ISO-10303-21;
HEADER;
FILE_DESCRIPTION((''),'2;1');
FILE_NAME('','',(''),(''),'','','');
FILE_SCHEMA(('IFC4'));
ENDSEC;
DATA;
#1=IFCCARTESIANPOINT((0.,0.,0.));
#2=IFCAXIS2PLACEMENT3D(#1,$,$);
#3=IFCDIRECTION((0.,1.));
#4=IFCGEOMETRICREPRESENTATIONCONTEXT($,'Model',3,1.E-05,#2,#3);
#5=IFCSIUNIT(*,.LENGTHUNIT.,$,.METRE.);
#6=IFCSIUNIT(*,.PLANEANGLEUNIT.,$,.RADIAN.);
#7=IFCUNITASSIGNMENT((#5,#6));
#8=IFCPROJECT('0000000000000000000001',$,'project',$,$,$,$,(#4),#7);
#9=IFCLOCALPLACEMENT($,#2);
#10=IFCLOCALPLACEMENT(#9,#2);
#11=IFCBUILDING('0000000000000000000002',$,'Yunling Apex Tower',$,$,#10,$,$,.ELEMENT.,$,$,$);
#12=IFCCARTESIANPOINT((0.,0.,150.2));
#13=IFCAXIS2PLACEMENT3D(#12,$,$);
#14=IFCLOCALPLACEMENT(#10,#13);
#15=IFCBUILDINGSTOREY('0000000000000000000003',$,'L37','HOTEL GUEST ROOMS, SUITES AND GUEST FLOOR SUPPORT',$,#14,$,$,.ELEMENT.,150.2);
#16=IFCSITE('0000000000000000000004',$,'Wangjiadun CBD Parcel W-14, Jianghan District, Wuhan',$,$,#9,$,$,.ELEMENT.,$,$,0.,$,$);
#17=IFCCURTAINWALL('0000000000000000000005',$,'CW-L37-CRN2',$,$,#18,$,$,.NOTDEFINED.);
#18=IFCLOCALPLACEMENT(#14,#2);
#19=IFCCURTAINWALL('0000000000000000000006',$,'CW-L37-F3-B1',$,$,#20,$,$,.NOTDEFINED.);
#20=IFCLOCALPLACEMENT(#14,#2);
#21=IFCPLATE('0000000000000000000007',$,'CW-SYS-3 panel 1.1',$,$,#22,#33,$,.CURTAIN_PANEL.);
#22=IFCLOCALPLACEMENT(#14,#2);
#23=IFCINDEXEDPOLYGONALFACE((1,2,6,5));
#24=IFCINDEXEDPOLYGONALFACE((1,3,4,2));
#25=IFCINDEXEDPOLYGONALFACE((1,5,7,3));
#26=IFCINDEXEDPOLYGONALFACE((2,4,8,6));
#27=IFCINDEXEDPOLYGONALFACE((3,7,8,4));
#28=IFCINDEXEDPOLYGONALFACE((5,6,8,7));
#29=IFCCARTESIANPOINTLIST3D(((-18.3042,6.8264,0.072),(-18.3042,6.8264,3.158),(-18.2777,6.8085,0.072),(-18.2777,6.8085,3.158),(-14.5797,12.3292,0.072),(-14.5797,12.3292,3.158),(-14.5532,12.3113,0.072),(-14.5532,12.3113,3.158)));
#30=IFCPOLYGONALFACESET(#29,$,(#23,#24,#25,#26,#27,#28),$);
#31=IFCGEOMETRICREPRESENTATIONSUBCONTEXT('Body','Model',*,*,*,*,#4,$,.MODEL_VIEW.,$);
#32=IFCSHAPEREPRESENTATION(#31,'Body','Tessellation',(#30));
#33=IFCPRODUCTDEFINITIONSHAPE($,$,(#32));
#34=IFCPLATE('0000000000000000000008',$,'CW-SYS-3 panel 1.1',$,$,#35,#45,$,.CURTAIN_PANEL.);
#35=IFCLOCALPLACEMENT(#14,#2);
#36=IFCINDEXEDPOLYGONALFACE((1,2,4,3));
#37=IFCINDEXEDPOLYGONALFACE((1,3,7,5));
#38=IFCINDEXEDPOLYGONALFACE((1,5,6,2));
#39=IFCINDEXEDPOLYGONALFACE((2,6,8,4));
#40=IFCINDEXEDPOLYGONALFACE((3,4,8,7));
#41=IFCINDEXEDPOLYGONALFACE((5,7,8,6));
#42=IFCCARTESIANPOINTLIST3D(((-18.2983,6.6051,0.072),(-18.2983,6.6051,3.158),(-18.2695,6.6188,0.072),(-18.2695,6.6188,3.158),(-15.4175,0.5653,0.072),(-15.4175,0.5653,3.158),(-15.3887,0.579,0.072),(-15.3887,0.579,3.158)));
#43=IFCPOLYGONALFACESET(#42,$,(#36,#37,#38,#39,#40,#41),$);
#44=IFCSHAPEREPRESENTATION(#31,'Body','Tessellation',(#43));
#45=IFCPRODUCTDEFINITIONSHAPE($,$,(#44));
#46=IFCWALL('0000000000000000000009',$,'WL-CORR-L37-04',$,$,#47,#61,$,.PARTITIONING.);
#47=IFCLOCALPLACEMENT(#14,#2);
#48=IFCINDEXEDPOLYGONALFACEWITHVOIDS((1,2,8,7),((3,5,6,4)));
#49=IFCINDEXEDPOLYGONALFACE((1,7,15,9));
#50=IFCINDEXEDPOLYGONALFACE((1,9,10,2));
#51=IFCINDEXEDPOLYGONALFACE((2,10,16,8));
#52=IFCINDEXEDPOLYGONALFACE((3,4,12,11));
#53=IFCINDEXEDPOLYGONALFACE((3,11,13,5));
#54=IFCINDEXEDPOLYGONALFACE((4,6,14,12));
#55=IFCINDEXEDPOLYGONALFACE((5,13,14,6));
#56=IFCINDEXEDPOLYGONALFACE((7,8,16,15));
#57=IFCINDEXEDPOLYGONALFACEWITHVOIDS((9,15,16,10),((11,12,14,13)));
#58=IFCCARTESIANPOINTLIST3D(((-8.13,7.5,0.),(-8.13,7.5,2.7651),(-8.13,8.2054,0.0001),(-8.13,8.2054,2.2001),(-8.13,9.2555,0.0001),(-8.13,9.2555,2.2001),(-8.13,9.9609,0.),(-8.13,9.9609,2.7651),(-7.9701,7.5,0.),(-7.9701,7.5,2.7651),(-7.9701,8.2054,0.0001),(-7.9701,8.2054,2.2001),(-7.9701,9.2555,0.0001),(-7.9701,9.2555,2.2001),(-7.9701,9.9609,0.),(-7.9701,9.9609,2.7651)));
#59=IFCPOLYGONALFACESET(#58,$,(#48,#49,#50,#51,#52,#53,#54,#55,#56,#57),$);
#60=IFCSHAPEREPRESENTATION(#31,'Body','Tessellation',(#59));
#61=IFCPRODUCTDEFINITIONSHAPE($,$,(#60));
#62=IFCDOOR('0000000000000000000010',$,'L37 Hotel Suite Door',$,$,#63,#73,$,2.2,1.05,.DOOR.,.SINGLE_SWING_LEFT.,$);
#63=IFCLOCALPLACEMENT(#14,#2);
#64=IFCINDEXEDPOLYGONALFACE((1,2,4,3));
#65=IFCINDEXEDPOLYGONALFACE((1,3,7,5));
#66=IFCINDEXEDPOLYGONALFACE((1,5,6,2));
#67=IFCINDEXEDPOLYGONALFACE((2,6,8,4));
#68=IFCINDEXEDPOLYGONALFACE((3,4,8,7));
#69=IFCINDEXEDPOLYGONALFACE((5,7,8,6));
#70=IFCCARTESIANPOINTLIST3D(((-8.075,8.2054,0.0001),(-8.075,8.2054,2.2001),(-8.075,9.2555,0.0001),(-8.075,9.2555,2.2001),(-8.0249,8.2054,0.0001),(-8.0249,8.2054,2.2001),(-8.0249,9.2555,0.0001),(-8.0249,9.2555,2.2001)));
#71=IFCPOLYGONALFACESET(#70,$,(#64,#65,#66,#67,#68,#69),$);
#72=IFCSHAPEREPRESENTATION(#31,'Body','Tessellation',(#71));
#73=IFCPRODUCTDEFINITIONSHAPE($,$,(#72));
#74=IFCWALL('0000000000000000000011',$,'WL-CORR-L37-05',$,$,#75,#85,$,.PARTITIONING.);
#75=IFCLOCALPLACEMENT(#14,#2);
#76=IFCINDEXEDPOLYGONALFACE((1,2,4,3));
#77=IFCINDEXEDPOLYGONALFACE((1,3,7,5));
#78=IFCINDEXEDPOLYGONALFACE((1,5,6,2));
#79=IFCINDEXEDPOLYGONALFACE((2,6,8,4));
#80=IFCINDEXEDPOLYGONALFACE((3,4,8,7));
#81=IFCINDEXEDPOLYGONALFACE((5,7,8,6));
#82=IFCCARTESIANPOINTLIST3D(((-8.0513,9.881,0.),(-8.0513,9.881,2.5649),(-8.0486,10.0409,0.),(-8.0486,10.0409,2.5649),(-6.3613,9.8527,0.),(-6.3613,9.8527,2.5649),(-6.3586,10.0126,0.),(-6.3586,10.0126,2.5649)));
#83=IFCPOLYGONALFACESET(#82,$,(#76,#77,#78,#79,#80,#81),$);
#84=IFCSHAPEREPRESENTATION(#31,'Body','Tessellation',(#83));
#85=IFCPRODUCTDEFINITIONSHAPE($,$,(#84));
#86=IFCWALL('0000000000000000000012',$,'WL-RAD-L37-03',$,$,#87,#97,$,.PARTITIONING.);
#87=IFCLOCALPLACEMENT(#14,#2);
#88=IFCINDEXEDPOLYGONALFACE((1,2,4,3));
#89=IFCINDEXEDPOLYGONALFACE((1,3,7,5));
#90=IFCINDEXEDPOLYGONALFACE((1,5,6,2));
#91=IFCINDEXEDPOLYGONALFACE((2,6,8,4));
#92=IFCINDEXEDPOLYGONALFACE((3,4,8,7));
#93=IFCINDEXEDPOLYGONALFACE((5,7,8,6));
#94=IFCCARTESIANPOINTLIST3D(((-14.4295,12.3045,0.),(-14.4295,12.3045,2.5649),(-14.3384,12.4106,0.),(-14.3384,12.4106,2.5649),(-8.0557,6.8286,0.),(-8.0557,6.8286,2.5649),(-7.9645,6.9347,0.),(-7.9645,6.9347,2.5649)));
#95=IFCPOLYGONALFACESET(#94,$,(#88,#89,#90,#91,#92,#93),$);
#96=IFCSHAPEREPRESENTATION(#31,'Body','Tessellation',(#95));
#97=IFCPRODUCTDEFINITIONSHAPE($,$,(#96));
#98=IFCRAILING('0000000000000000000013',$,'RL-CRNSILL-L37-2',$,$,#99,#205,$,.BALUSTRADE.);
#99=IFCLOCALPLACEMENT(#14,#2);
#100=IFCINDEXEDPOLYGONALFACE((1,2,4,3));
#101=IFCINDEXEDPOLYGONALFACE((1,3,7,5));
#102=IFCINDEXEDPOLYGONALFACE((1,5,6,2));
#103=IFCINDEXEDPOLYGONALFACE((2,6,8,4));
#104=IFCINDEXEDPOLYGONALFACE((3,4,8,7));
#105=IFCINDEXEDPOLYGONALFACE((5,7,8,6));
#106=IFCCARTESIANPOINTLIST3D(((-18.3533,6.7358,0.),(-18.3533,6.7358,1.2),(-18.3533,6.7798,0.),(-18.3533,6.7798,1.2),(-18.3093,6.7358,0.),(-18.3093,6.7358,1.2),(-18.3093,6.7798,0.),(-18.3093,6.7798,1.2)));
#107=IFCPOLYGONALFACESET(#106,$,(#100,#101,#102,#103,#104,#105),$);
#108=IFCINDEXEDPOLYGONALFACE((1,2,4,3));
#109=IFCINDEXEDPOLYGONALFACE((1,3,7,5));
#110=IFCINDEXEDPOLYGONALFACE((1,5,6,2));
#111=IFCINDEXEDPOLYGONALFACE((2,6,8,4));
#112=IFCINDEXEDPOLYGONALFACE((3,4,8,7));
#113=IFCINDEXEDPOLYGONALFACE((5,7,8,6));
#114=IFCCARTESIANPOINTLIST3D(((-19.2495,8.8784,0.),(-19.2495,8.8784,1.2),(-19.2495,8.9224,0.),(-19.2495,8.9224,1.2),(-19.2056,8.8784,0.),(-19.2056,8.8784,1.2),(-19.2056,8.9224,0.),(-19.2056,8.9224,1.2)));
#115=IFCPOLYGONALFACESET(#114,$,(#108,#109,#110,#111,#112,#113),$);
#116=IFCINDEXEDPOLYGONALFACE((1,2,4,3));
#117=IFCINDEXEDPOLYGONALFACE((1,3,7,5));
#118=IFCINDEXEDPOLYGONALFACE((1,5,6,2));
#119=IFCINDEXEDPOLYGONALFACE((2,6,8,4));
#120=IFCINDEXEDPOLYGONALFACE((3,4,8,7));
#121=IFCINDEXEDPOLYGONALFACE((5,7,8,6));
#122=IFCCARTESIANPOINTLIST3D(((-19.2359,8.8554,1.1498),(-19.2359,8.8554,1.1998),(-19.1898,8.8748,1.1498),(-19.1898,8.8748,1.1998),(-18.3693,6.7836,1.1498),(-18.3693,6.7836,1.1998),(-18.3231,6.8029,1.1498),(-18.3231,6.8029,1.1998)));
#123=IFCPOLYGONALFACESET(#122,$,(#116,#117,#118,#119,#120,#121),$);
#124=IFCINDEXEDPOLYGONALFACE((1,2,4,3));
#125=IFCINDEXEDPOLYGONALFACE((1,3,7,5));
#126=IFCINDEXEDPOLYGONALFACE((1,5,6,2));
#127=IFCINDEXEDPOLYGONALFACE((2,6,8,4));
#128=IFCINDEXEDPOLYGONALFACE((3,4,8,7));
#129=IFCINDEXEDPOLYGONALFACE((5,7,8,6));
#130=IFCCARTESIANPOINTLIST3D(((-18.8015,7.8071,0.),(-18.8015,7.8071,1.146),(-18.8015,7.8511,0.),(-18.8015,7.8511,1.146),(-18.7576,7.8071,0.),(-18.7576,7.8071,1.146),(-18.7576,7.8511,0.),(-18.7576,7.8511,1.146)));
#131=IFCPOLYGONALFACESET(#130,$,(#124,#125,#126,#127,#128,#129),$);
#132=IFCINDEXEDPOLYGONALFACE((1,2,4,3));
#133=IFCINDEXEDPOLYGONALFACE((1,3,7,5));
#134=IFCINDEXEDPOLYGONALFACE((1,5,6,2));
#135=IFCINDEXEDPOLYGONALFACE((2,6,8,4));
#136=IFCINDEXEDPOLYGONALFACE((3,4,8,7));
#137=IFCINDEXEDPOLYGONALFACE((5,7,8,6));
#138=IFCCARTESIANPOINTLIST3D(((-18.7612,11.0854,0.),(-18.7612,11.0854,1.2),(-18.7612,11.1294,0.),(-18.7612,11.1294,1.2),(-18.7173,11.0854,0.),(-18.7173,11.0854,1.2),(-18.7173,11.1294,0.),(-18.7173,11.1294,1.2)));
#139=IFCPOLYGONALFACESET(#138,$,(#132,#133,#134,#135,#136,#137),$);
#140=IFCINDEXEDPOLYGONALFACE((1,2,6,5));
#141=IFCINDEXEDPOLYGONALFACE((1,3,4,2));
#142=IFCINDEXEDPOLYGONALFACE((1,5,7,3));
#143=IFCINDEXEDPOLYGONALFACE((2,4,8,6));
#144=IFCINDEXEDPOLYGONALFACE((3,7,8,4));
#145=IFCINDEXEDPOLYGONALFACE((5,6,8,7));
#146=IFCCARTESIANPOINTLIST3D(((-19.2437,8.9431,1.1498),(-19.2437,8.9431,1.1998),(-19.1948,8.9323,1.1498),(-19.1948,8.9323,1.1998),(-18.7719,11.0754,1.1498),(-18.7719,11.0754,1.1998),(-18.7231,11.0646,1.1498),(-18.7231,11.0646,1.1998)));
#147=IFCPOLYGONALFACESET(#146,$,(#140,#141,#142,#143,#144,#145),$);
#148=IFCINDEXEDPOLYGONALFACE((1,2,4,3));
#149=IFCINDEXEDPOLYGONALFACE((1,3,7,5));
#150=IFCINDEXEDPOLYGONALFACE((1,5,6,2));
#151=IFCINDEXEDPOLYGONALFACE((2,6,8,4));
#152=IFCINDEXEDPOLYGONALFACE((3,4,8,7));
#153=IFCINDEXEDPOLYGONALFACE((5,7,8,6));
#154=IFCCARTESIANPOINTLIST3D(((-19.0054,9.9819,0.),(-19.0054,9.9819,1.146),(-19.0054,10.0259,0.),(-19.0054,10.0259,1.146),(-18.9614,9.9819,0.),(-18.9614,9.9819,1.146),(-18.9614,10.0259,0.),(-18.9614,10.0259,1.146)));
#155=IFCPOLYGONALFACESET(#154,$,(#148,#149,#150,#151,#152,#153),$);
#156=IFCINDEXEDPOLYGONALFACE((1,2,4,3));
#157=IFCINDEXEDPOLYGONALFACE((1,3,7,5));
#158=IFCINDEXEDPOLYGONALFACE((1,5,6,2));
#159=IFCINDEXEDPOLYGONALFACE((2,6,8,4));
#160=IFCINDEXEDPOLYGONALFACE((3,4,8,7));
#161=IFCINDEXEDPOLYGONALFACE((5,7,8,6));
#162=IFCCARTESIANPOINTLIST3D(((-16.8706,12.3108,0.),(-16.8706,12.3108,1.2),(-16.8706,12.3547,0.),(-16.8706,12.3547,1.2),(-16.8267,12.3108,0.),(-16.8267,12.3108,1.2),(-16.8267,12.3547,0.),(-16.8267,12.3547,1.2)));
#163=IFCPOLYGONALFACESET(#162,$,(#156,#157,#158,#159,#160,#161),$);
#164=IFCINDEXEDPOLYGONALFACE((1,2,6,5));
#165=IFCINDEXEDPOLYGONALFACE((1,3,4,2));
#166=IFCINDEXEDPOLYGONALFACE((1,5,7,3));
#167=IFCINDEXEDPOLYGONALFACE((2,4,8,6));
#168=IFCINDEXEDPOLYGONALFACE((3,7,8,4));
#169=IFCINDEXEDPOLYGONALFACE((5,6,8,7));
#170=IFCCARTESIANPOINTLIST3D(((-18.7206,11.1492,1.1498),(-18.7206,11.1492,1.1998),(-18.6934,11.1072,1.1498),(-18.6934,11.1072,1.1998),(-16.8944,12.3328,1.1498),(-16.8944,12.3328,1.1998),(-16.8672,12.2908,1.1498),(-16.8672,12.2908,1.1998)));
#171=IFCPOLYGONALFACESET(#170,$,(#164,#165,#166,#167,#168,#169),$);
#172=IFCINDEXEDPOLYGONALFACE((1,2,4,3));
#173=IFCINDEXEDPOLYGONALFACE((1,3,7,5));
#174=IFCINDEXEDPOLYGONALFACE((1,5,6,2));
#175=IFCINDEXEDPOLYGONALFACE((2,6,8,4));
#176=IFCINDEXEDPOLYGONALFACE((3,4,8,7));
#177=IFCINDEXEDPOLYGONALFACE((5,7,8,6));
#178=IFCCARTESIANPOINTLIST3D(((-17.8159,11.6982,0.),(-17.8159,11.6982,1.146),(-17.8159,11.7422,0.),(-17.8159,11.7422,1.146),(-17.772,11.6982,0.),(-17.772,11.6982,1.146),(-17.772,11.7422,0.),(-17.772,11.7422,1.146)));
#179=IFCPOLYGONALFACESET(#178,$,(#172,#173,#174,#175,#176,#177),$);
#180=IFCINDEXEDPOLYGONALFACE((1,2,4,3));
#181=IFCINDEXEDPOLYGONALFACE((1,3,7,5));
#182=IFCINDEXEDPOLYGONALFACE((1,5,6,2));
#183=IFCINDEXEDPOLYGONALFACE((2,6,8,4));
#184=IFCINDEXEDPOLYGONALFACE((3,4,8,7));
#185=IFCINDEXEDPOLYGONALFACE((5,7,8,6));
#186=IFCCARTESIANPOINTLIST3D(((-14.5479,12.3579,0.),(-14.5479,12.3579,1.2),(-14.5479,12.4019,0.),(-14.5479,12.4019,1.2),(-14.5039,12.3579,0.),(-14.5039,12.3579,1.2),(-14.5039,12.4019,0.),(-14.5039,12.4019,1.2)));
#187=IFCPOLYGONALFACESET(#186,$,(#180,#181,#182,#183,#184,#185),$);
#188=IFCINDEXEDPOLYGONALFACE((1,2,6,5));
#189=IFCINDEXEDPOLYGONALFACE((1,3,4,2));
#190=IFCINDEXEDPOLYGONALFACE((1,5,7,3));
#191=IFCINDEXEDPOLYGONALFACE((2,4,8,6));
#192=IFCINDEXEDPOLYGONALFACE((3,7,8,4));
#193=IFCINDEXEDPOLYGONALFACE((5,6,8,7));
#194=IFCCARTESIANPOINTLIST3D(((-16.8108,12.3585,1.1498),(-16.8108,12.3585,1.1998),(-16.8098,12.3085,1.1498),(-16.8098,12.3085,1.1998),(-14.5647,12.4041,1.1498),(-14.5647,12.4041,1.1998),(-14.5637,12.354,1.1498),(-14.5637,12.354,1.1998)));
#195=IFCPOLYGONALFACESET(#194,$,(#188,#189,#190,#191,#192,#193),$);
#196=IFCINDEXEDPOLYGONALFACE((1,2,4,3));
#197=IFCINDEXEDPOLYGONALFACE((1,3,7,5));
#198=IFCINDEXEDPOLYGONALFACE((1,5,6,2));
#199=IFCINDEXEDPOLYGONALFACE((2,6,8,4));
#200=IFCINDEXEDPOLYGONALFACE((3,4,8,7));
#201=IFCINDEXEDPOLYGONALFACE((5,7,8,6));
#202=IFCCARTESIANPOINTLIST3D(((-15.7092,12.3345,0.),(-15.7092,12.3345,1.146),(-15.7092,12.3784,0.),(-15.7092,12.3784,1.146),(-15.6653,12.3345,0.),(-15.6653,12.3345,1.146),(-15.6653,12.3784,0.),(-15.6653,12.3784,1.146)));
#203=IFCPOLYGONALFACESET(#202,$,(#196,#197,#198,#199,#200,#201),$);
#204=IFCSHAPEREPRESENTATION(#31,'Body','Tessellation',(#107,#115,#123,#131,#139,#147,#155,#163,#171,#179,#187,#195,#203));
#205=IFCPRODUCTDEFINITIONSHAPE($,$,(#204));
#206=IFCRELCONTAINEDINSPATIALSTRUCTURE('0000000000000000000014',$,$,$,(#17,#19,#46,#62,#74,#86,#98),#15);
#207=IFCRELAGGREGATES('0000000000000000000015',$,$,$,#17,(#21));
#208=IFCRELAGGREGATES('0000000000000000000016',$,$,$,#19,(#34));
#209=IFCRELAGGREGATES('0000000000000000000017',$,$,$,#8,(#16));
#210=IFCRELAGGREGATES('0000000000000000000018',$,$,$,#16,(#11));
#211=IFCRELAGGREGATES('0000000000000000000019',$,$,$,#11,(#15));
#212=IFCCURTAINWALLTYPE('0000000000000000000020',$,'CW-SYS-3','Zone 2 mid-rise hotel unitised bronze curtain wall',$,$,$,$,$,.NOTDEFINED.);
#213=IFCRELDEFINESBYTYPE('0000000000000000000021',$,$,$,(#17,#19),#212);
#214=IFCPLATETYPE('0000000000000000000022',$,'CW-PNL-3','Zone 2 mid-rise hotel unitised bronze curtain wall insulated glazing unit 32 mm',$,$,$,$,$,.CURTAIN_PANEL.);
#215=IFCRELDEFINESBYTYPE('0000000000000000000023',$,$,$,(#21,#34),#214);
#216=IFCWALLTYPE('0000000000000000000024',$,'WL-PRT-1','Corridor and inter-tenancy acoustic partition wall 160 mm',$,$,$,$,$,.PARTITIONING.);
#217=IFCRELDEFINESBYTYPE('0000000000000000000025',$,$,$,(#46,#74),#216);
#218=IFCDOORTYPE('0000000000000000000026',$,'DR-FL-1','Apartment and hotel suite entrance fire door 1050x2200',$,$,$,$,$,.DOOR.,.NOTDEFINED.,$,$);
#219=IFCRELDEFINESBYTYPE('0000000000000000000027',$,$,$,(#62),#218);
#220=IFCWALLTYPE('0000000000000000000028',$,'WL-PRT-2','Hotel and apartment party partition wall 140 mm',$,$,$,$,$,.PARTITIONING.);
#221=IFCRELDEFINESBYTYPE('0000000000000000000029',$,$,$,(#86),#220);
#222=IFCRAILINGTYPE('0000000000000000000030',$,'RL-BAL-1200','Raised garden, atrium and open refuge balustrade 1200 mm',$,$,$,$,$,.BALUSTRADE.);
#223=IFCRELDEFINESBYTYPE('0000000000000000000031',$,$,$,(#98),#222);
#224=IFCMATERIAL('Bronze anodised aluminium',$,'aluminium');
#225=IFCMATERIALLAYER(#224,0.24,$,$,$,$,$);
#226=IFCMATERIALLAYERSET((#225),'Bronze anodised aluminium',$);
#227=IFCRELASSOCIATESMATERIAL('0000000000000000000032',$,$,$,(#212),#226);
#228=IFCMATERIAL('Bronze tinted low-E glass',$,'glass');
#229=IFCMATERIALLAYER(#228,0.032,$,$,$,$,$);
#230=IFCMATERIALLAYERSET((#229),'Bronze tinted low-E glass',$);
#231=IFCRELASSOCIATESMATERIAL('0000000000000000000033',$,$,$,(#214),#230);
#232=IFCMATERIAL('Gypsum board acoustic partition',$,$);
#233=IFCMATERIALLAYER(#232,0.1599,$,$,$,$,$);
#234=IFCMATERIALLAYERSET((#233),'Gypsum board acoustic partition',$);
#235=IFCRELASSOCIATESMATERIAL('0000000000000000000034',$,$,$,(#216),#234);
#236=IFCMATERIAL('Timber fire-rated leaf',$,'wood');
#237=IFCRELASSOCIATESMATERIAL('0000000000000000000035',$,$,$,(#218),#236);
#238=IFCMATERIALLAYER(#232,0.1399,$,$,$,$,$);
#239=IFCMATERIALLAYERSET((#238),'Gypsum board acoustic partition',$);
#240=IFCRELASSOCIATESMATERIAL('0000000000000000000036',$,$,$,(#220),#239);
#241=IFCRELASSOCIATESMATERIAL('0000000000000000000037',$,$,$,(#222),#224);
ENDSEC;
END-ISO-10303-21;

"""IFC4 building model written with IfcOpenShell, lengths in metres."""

from ifc_helpers import new_model, si_unit, direction, frame, frame_2d, origin, origin_2d, place, context, subcontext, project, spatial, rectangle, extrude, source, transform, mapped, material, layer, layer_set, type_object, element, fill, aggregate, save


model = new_model("IFC4")

# Units and contexts
model_context = context("Model", 3, precision=1e-05, world=origin(), true_north=direction((0.0, 1.0)))
body_context = subcontext(model_context, "Body", "Model", "MODEL_VIEW")
ifc_project = project(units=[si_unit("LENGTHUNIT", "METRE"), si_unit("PLANEANGLEUNIT", "RADIAN")], contexts=[model_context])

# Site, building, storey
site_placement = place(None, origin())
site = spatial("IfcSite", under=ifc_project, at=site_placement, Name="Wangjiadun CBD Parcel W-14, Jianghan District, Wuhan", CompositionType="ELEMENT", RefElevation=0.0)
building_placement = place(site_placement, origin())
building = spatial("IfcBuilding", under=site, at=building_placement, Name="Yunling Apex Tower", CompositionType="ELEMENT")
storey_placement = place(building_placement, frame((0.0, 0.0, 150.2)))
storey = spatial("IfcBuildingStorey", under=building, at=storey_placement, Name="L37", Description="HOTEL GUEST ROOMS, SUITES AND GUEST FLOOR SUPPORT", CompositionType="ELEMENT", Elevation=150.2)

# Curtain walls
ifc_material_1 = material(Name="Bronze anodised aluminium", Category="aluminium")
ifc_layer_1 = layer(ifc_material_1, 0.24)
ifc_layer_set_1 = layer_set([ifc_layer_1], Name="Bronze anodised aluminium")
curtain_wall_type = type_object("IfcCurtainWallType", Name="CW-SYS-3", Description="Zone 2 mid-rise hotel unitised bronze curtain wall", PredefinedType="NOTDEFINED", material=ifc_layer_set_1)
curtain_wall_1_placement = place(storey_placement, origin())
curtain_wall_1 = element("IfcCurtainWall", 1, at=curtain_wall_1_placement, inside=storey, type_object=curtain_wall_type, Name="CW-L37-CRN2", PredefinedType="NOTDEFINED")
curtain_wall_2_placement = place(storey_placement, origin())
curtain_wall_2 = element("IfcCurtainWall", 2, at=curtain_wall_2_placement, inside=storey, type_object=curtain_wall_type, Name="CW-L37-F3-B1", PredefinedType="NOTDEFINED")

# Plates
ifc_material_2 = material(Name="Bronze tinted low-E glass", Category="glass")
ifc_layer_2 = layer(ifc_material_2, 0.032)
ifc_layer_set_2 = layer_set([ifc_layer_2], Name="Bronze tinted low-E glass")
plate_type = type_object("IfcPlateType", Name="CW-PNL-3", Description="Zone 2 mid-rise hotel unitised bronze curtain wall insulated glazing unit 32 mm", PredefinedType="CURTAIN_PANEL", material=ifc_layer_set_2)
shared_shape_1 = source(origin(), body_context, "Body", "SweptSolid", [
    extrude(rectangle(XDim=6.6448, YDim=0.032, at=origin_2d()), origin(), (0.0, 0.0, 1.0), 3.0859),
])
plate_1_placement = place(storey_placement, frame((-16.4287, 9.5688, 0.072), z_axis=(0.0, 0.0, 1.0), x_axis=(-0.560523, -0.828139, 0.0)))
plate_1 = element("IfcPlate", 3, at=plate_1_placement, type_object=plate_type, Name="CW-SYS-3 panel 1.1", PredefinedType="CURTAIN_PANEL", context=body_context, shape_type="MappedRepresentation", body=[
    mapped(shared_shape_1, transform((0.0, 0.0, 0.0), scale=1.0)),
])
aggregate(curtain_wall_1, [plate_1])
shared_shape_2 = source(origin(), body_context, "Body", "SweptSolid", [
    extrude(rectangle(XDim=6.6917, YDim=0.032, at=origin_2d()), origin(), (0.0, 0.0, 1.0), 3.0859),
])
plate_2_placement = place(storey_placement, frame((-16.8435, 3.592, 0.072), z_axis=(0.0, 0.0, 1.0), x_axis=(0.430506, -0.902588, 0.0)))
plate_2 = element("IfcPlate", 4, at=plate_2_placement, type_object=plate_type, Name="CW-SYS-3 panel 1.1", PredefinedType="CURTAIN_PANEL", context=body_context, shape_type="MappedRepresentation", body=[
    mapped(shared_shape_2, transform((0.0, 0.0, 0.0), scale=1.0)),
])
aggregate(curtain_wall_2, [plate_2])

# Wall, opening, door
ifc_material_3 = material(Name="Gypsum board acoustic partition")
ifc_layer_3 = layer(ifc_material_3, 0.1599)
ifc_layer_set_3 = layer_set([ifc_layer_3], Name="Gypsum board acoustic partition")
wall_type_1 = type_object("IfcWallType", Name="WL-PRT-1", Description="Corridor and inter-tenancy acoustic partition wall 160 mm", PredefinedType="PARTITIONING", material=ifc_layer_set_3)
wall_1_placement = place(storey_placement, frame((-8.05, 7.5, 0.0), z_axis=(0.0, 0.0, 1.0), x_axis=(0.0, 1.0, 0.0)))
wall_1 = element("IfcWall", 5, at=wall_1_placement, inside=storey, type_object=wall_type_1, Name="WL-CORR-L37-04", PredefinedType="PARTITIONING", context=body_context, shape_type="SweptSolid", body=[
    extrude(rectangle(XDim=2.4609, YDim=0.1599, at=frame_2d((1.2305, 0.0))), origin(), (0.0, 0.0, 1.0), 2.7651),
])
opening_placement = place(wall_1_placement, frame((0.7056, 0.0, 0.0)))
opening = element("IfcOpeningElement", 6, at=opening_placement, cuts=wall_1, PredefinedType="OPENING", context=body_context, shape_type="SweptSolid", body=[
    extrude(rectangle(XDim=1.05, YDim=2.2, at=frame_2d((0.5249, 1.1001))), frame((0.0, 0.0898, 0.0), z_axis=(0.0, -1.0, 0.0), x_axis=(1.0, 0.0, 0.0)), (0.0, 0.0, 1.0), 0.1799),
])
ifc_material_4 = material(Name="Timber fire-rated leaf", Category="wood")
door_type = type_object("IfcDoorType", Name="DR-FL-1", Description="Apartment and hotel suite entrance fire door 1050x2200", OperationType="NOTDEFINED", PredefinedType="DOOR", material=ifc_material_4)
door_placement = place(opening_placement, origin())
door = element("IfcDoor", 7, at=door_placement, inside=storey, type_object=door_type, Name="L37 Hotel Suite Door", OperationType="SINGLE_SWING_LEFT", OverallHeight=2.2, OverallWidth=1.05, PredefinedType="DOOR", context=body_context, shape_type="SweptSolid", body=[
    extrude(rectangle(XDim=1.05, YDim=2.2, at=frame_2d((0.5249, 1.1001))), frame((0.0, 0.0249, 0.0), z_axis=(0.0, -1.0, 0.0), x_axis=(1.0, 0.0, 0.0)), (0.0, 0.0, 1.0), 0.05),
])
fill(opening, door)

# Walls
wall_2_placement = place(storey_placement, frame((-8.05, 9.9609, 0.0), z_axis=(0.0, 0.0, 1.0), x_axis=(0.99986, -0.016756, 0.0)))
element("IfcWall", 8, at=wall_2_placement, inside=storey, type_object=wall_type_1, Name="WL-CORR-L37-05", PredefinedType="PARTITIONING", context=body_context, shape_type="SweptSolid", body=[
    extrude(rectangle(XDim=1.6902, YDim=0.1599, at=frame_2d((0.8452, 0.0))), origin(), (0.0, 0.0, 1.0), 2.5649),
])
ifc_layer_4 = layer(ifc_material_3, 0.1399)
ifc_layer_set_4 = layer_set([ifc_layer_4], Name="Gypsum board acoustic partition")
wall_type_2 = type_object("IfcWallType", Name="WL-PRT-2", Description="Hotel and apartment party partition wall 140 mm", PredefinedType="PARTITIONING", material=ifc_layer_set_4)
wall_3_placement = place(storey_placement, frame((-8.01, 6.8816, 0.0), z_axis=(0.0, 0.0, 1.0), x_axis=(-0.758516, 0.651655, 0.0)))
element("IfcWall", 9, at=wall_3_placement, inside=storey, type_object=wall_type_2, Name="WL-RAD-L37-03", PredefinedType="PARTITIONING", context=body_context, shape_type="SweptSolid", body=[
    extrude(rectangle(XDim=8.4031, YDim=0.1399, at=frame_2d((4.2017, 0.0))), origin(), (0.0, 0.0, 1.0), 2.5649),
])

# Railing
railing_type = type_object("IfcRailingType", Name="RL-BAL-1200", Description="Raised garden, atrium and open refuge balustrade 1200 mm", PredefinedType="BALUSTRADE", material=ifc_material_1)
railing_placement = place(storey_placement, frame((-18.3313, 6.7578, 0.0)))
element("IfcRailing", 10, at=railing_placement, inside=storey, type_object=railing_type, Name="RL-CRNSILL-L37-2", PredefinedType="BALUSTRADE", context=body_context, shape_type="SweptSolid", body=[
    extrude(rectangle(XDim=0.0439, YDim=0.0439, at=origin_2d()), origin(), (0.0, 0.0, 1.0), 1.2),
    extrude(rectangle(XDim=0.0439, YDim=0.0439, at=origin_2d()), frame((-0.8962, 2.1426, 0.0)), (0.0, 0.0, 1.0), 1.2),
    extrude(rectangle(XDim=0.05, YDim=0.05, at=origin_2d()), frame((-0.0149, 0.0354, 1.1748), z_axis=(-0.385899, 0.922541, 0.0), x_axis=(-0.922541, -0.385899, 0.0)), (0.0, 0.0, 1.0), 2.2458),
    extrude(rectangle(XDim=0.0439, YDim=0.0439, at=origin_2d()), frame((-0.4482, 1.0713, 0.0)), (0.0, 0.0, 1.0), 1.146),
    extrude(rectangle(XDim=0.0439, YDim=0.0439, at=origin_2d()), frame((-0.408, 4.3496, 0.0)), (0.0, 0.0, 1.0), 1.2),
    extrude(rectangle(XDim=0.05, YDim=0.05, at=origin_2d()), frame((-0.8879, 2.1799, 1.1748), z_axis=(0.216015, 0.97639, 0.0), x_axis=(-0.97639, 0.216015, 0.0)), (0.0, 0.0, 1.0), 2.1838),
    extrude(rectangle(XDim=0.0439, YDim=0.0439, at=origin_2d()), frame((-0.6521, 3.2461, 0.0)), (0.0, 0.0, 1.0), 1.146),
    extrude(rectangle(XDim=0.0439, YDim=0.0439, at=origin_2d()), frame((1.4827, 5.575, 0.0)), (0.0, 0.0, 1.0), 1.2),
    extrude(rectangle(XDim=0.05, YDim=0.05, at=origin_2d()), frame((-0.3757, 4.3704, 1.1748), z_axis=(0.839166, 0.543876, 0.0), x_axis=(-0.543876, 0.839166, 0.0)), (0.0, 0.0, 1.0), 2.1763),
    extrude(rectangle(XDim=0.0439, YDim=0.0439, at=origin_2d()), frame((0.5374, 4.9624, 0.0)), (0.0, 0.0, 1.0), 1.146),
    extrude(rectangle(XDim=0.0439, YDim=0.0439, at=origin_2d()), frame((3.8054, 5.6221, 0.0)), (0.0, 0.0, 1.0), 1.2),
    extrude(rectangle(XDim=0.05, YDim=0.05, at=origin_2d()), frame((1.521, 5.5757, 1.1748), z_axis=(0.999794, 0.020282, 0.0), x_axis=(-0.020282, 0.999794, 0.0)), (0.0, 0.0, 1.0), 2.2466),
    extrude(rectangle(XDim=0.0439, YDim=0.0439, at=origin_2d()), frame((2.644, 5.5986, 0.0)), (0.0, 0.0, 1.0), 1.146),
])

save(model, "model.ifc")
